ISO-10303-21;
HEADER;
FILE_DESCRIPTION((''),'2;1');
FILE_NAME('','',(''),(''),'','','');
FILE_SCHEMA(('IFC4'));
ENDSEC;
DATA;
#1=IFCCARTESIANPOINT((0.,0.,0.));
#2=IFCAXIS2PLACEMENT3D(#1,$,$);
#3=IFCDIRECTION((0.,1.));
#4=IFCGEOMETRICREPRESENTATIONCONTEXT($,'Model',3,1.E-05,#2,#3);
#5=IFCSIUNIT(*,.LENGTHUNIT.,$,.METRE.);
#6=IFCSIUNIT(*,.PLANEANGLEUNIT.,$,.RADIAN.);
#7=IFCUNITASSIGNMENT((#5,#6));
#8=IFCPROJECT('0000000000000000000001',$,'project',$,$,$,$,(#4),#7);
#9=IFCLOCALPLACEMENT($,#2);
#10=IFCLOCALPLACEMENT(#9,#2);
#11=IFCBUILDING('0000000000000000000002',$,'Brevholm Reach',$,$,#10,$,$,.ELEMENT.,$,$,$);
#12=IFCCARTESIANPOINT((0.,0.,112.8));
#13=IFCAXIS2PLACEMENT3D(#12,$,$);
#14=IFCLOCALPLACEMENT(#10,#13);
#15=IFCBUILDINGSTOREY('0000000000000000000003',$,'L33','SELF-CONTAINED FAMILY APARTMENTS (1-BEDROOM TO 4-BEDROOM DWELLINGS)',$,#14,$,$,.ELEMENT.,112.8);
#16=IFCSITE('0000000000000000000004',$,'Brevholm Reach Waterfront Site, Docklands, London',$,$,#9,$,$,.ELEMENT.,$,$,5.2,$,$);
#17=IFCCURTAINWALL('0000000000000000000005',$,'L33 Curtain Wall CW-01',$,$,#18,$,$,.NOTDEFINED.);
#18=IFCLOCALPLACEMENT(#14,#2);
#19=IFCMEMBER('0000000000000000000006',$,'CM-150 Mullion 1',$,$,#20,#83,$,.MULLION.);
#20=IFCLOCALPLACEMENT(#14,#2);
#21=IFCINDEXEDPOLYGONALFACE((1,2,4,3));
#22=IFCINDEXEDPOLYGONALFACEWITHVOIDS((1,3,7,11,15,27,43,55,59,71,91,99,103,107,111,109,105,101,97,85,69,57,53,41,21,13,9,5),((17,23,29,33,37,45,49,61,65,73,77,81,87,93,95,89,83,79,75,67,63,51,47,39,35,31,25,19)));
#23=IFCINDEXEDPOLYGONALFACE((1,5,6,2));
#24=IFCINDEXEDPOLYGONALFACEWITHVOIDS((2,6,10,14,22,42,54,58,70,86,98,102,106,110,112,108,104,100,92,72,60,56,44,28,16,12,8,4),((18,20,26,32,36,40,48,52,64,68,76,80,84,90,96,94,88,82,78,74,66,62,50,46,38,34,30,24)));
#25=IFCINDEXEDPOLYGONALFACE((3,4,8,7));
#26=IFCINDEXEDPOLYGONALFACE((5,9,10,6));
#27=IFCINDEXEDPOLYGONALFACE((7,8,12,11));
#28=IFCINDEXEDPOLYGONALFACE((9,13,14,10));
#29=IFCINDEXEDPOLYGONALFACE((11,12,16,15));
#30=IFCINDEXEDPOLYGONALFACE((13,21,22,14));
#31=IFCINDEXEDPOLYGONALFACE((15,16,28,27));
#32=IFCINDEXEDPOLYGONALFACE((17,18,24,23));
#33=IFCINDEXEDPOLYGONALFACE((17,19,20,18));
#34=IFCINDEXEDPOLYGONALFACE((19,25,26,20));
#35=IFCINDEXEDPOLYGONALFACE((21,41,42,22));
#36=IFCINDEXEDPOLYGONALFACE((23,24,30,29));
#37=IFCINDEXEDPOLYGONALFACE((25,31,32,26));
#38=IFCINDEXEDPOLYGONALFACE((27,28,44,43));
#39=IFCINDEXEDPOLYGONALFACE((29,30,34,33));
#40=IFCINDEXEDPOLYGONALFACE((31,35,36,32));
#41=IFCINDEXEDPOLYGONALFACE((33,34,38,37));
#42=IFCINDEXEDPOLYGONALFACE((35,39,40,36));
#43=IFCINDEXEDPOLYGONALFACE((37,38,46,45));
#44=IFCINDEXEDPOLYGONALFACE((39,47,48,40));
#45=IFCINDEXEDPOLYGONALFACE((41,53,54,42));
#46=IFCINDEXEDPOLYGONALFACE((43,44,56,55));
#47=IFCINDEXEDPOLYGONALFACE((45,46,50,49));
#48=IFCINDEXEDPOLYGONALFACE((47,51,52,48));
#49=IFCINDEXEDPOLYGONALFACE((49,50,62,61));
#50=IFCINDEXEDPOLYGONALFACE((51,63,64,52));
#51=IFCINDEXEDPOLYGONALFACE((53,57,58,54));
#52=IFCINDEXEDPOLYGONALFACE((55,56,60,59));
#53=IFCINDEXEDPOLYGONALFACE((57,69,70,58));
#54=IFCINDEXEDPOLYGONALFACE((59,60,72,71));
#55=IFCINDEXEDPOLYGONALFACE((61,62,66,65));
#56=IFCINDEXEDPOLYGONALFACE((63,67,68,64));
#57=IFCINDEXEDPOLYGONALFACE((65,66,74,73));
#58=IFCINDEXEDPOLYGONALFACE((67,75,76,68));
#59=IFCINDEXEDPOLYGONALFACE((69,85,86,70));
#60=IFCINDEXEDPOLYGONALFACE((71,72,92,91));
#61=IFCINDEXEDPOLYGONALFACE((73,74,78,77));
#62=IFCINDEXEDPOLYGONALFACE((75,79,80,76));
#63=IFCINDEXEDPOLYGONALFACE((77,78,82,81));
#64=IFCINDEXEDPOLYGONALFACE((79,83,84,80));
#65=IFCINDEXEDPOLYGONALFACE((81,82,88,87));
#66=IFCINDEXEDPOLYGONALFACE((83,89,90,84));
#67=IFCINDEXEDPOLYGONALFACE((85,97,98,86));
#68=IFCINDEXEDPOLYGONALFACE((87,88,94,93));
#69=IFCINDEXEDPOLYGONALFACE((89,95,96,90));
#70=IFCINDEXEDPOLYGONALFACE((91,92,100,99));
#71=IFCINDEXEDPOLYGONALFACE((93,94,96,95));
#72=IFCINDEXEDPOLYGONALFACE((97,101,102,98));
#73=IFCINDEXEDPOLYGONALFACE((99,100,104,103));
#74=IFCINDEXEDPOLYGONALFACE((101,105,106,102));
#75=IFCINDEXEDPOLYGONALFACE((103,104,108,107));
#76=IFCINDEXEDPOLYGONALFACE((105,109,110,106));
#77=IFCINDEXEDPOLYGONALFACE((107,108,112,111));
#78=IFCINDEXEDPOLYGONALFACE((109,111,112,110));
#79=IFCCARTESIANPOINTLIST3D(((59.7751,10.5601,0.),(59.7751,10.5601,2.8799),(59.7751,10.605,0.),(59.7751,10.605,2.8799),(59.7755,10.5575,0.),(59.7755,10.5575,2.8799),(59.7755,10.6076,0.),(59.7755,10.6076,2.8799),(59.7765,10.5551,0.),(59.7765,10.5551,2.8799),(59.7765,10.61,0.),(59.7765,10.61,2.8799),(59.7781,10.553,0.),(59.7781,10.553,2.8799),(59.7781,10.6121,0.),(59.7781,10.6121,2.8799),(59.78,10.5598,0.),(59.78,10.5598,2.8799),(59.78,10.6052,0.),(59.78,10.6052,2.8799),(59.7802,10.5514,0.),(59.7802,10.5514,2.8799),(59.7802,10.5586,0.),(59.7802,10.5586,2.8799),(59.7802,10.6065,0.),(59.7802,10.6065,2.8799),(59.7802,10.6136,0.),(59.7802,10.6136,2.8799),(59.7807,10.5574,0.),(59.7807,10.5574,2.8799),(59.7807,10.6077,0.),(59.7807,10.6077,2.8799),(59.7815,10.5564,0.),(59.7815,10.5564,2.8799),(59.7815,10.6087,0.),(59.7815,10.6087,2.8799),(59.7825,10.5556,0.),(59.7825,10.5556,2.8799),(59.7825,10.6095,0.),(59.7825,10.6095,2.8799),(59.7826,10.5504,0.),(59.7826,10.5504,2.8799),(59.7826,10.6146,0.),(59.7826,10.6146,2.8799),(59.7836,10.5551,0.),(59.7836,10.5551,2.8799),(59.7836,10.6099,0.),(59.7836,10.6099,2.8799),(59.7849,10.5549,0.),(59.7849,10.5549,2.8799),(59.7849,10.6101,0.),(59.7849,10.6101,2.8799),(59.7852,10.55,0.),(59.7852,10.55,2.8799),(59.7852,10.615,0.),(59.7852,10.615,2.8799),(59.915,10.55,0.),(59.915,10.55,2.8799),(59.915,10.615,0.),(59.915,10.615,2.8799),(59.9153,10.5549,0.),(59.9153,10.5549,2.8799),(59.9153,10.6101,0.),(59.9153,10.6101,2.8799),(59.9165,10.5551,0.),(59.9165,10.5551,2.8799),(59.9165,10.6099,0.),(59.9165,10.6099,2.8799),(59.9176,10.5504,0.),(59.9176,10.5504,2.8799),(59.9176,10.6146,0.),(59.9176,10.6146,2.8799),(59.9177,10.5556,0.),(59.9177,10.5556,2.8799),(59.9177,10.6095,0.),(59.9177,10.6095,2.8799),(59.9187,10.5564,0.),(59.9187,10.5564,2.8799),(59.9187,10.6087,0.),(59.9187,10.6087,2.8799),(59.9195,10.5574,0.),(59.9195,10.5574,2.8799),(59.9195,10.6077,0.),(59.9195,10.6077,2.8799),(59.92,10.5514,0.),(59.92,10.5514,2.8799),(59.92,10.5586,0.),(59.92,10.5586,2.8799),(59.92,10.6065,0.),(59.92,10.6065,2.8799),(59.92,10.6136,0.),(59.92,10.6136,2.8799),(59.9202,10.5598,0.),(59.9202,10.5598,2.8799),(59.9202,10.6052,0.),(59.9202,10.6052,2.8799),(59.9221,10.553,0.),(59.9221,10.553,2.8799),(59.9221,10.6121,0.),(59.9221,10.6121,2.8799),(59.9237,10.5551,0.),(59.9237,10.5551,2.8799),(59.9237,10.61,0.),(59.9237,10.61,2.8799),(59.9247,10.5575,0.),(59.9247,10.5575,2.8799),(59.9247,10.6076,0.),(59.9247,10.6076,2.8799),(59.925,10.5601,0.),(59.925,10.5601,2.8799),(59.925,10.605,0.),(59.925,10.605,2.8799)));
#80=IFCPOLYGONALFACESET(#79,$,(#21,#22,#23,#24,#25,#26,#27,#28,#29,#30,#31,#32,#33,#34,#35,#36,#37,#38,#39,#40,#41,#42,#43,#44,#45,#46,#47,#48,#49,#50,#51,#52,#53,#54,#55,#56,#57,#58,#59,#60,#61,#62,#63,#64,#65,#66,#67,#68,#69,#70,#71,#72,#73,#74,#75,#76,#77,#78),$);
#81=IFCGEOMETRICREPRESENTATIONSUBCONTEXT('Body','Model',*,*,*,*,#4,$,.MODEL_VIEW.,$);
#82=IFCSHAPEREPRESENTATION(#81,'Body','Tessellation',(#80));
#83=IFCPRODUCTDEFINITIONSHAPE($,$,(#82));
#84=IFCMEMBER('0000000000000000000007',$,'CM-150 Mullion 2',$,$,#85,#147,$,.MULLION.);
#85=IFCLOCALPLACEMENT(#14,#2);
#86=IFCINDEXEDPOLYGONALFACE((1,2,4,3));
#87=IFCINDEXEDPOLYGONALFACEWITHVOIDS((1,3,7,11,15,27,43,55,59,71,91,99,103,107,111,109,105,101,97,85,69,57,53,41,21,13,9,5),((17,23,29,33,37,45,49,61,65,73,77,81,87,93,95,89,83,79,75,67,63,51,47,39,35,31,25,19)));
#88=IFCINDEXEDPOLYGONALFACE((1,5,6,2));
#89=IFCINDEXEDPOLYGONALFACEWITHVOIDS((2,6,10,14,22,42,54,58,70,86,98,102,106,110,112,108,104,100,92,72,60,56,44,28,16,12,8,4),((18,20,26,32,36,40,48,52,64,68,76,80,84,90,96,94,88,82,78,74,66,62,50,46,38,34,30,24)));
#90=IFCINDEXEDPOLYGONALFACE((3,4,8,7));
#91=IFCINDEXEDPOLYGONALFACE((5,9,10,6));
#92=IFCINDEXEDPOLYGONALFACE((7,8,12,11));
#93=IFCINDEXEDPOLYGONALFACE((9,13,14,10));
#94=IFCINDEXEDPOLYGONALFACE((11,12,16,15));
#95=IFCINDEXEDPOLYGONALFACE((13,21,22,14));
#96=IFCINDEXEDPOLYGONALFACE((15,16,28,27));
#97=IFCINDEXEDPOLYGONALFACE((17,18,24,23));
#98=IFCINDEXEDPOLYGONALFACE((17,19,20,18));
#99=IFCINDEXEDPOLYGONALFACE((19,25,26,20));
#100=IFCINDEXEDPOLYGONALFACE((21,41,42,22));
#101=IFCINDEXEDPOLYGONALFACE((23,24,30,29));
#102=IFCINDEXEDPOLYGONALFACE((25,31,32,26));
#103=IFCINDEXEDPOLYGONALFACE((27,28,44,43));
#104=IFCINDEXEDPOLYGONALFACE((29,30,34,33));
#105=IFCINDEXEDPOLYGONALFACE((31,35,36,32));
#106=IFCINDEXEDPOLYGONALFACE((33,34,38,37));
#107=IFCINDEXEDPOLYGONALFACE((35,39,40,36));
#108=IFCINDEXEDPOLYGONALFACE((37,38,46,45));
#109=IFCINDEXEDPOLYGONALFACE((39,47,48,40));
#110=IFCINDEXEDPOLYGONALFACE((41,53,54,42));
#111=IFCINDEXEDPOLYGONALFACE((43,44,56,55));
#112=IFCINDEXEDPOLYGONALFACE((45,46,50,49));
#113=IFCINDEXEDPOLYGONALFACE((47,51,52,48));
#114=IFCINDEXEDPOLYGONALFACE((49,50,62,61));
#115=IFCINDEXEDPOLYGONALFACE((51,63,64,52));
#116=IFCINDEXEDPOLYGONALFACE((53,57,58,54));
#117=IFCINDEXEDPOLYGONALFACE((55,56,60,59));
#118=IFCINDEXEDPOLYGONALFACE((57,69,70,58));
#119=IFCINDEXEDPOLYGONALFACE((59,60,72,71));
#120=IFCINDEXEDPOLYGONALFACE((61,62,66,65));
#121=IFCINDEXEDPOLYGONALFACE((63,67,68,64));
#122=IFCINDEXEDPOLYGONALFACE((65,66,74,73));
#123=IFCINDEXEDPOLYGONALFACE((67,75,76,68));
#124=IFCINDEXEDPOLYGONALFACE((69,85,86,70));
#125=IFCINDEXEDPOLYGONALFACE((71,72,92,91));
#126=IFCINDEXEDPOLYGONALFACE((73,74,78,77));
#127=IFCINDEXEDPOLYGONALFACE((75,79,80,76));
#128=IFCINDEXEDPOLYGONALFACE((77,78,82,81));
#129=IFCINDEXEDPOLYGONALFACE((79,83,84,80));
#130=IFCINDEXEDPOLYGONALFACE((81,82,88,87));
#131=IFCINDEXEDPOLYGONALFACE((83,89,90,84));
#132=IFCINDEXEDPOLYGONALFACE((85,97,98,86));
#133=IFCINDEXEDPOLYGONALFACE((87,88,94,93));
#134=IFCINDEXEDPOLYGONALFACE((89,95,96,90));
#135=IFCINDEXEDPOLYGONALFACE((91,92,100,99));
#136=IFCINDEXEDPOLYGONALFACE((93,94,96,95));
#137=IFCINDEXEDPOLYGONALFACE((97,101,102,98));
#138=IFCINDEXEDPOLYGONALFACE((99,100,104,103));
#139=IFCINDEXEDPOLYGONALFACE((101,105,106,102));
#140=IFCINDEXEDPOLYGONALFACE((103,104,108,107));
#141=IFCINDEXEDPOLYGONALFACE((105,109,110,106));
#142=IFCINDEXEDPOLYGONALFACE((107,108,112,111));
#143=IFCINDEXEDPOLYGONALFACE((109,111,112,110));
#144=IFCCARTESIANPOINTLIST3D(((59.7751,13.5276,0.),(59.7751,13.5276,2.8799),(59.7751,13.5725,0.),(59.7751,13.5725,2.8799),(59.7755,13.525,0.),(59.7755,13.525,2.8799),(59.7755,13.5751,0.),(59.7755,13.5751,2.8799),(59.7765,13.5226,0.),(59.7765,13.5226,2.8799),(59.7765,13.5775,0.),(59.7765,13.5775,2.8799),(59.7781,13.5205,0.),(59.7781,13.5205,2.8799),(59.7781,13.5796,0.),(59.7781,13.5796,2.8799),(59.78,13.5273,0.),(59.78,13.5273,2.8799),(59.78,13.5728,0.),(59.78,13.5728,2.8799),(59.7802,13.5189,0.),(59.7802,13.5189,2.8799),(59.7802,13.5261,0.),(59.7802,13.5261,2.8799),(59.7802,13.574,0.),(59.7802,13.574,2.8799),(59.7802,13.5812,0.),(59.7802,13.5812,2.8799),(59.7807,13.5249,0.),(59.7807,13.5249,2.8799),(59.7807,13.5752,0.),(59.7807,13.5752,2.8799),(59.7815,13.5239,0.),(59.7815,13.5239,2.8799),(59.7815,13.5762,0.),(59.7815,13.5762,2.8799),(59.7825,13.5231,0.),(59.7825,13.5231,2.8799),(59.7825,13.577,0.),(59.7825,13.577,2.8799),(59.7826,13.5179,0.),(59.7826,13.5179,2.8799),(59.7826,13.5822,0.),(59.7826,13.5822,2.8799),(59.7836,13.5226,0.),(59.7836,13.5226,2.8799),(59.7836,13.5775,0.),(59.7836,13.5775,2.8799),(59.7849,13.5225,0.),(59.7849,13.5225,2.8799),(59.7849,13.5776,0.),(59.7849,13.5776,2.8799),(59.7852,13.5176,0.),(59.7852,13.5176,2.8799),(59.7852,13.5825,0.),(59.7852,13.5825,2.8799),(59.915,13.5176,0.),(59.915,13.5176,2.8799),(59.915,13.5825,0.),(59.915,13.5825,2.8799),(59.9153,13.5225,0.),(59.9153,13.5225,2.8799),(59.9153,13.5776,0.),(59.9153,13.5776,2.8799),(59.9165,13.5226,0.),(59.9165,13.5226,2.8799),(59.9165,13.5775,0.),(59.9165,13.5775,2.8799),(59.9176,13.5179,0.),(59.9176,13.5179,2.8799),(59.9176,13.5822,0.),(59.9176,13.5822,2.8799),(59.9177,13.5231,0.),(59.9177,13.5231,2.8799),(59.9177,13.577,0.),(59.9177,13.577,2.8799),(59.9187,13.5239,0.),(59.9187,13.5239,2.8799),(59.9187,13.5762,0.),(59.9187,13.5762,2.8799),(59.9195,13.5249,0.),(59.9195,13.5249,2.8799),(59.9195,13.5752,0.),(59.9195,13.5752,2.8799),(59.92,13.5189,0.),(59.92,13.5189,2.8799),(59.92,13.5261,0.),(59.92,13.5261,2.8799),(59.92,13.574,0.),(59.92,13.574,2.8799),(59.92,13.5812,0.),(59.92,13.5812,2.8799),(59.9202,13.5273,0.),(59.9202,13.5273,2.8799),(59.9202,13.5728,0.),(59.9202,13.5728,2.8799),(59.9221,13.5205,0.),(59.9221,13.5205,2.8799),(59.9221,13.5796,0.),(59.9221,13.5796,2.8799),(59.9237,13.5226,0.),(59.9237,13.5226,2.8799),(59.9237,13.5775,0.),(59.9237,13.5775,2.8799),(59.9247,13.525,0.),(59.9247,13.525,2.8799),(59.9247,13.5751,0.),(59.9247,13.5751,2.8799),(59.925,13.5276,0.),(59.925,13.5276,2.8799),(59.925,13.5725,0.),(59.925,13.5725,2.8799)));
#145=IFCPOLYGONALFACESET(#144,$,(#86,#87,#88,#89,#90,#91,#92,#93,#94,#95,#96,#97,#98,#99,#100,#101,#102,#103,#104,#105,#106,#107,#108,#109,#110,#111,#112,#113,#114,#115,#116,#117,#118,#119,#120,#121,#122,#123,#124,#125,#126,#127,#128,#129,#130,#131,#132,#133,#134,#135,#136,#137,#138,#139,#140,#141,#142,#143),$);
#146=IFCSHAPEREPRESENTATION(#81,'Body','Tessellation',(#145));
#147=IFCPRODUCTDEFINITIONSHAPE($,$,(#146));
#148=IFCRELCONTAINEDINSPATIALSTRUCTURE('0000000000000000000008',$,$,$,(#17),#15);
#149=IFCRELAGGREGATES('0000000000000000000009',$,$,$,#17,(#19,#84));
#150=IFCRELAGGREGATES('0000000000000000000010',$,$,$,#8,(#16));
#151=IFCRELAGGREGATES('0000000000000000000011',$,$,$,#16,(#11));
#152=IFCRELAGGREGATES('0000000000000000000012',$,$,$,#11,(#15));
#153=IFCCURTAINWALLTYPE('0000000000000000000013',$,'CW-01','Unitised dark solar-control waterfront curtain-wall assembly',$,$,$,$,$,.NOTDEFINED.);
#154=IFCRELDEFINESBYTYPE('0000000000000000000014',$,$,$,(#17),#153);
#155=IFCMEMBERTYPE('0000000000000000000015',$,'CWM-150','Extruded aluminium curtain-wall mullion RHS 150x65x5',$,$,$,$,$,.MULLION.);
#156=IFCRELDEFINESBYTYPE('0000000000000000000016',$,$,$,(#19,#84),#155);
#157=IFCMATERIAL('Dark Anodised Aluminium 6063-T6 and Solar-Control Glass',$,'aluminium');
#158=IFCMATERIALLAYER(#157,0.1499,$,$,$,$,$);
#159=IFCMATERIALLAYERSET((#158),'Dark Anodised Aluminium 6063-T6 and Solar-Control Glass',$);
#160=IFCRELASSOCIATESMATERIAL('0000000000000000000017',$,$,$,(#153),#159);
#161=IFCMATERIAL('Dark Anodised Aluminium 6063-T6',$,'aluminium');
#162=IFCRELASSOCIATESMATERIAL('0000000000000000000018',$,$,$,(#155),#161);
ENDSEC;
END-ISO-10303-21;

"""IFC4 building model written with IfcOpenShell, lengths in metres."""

from ifc_helpers import new_model, si_unit, direction, frame, origin, origin_2d, place, context, subcontext, project, spatial, hollow_rectangle, extrude, material, layer, layer_set, material_profile, profile_set, type_object, element, aggregate, save


model = new_model("IFC4")

# Units and contexts
model_context = context("Model", 3, precision=1e-05, world=origin(), true_north=direction((0.0, 1.0)))
body_context = subcontext(model_context, "Body", "Model", "MODEL_VIEW")
ifc_project = project(units=[si_unit("LENGTHUNIT", "METRE"), si_unit("PLANEANGLEUNIT", "RADIAN")], contexts=[model_context])

# Site, building, storey
site_placement = place(None, origin())
site = spatial("IfcSite", under=ifc_project, at=site_placement, Name="Brevholm Reach Waterfront Site, Docklands, London", CompositionType="ELEMENT", RefElevation=5.2)
building_placement = place(site_placement, origin())
building = spatial("IfcBuilding", under=site, at=building_placement, Name="Brevholm Reach", CompositionType="ELEMENT")
storey_placement = place(building_placement, frame((0.0, 0.0, 112.8)))
storey = spatial("IfcBuildingStorey", under=building, at=storey_placement, Name="L33", Description="SELF-CONTAINED FAMILY APARTMENTS (1-BEDROOM TO 4-BEDROOM DWELLINGS)", CompositionType="ELEMENT", Elevation=112.8)

# Curtain wall, members
ifc_material_1 = material(Name="Dark Anodised Aluminium 6063-T6 and Solar-Control Glass", Category="aluminium")
ifc_layer_1 = layer(ifc_material_1, 0.1499)
ifc_layer_set_1 = layer_set([ifc_layer_1], Name="Dark Anodised Aluminium 6063-T6 and Solar-Control Glass")
curtain_wall_type = type_object("IfcCurtainWallType", Name="CW-01", Description="Unitised dark solar-control waterfront curtain-wall assembly", PredefinedType="NOTDEFINED", material=ifc_layer_set_1)
curtain_wall_placement = place(storey_placement, origin())
curtain_wall = element("IfcCurtainWall", 1, at=curtain_wall_placement, inside=storey, type_object=curtain_wall_type, Name="L33 Curtain Wall CW-01", PredefinedType="NOTDEFINED")
ifc_material_2 = material(Name="Dark Anodised Aluminium 6063-T6", Category="aluminium")
ifc_material_profile_1 = material_profile(ifc_material_2, hollow_rectangle(XDim=0.0649, YDim=0.1499, WallThickness=0.0049, InnerFilletRadius=0.0049, OuterFilletRadius=0.01, at=origin_2d()), Name="RHS 150x65x5")
ifc_profile_set_1 = profile_set([ifc_material_profile_1], Name="Dark Anodised Aluminium 6063-T6")
member_type_1 = type_object("IfcMemberType", Name="CWM-150", Description="Extruded aluminium curtain-wall mullion RHS 150x65x5", PredefinedType="MULLION", material=ifc_profile_set_1)
member_1_placement = place(storey_placement, frame((59.8501, 10.5825, 0.0), z_axis=(0.0, 0.0, 1.0), x_axis=(0.0, 1.0, 0.0)))
member_1 = element("IfcMember", 2, at=member_1_placement, type_object=member_type_1, Name="CM-150 Mullion 1", PredefinedType="MULLION", context=body_context, shape_type="SweptSolid", body=[
    extrude(hollow_rectangle(XDim=0.0649, YDim=0.1499, WallThickness=0.0049, InnerFilletRadius=0.0049, OuterFilletRadius=0.01, at=origin_2d()), origin(), (0.0, 0.0, 1.0), 2.8799),
])
member_2_placement = place(storey_placement, frame((59.8501, 13.55, 0.0), z_axis=(0.0, 0.0, 1.0), x_axis=(0.0, 1.0, 0.0)))
member_2 = element("IfcMember", 3, at=member_2_placement, type_object=member_type_1, Name="CM-150 Mullion 2", PredefinedType="MULLION", context=body_context, shape_type="SweptSolid", body=[
    extrude(hollow_rectangle(XDim=0.0649, YDim=0.1499, WallThickness=0.0049, InnerFilletRadius=0.0049, OuterFilletRadius=0.01, at=origin_2d()), origin(), (0.0, 0.0, 1.0), 2.8799),
])
aggregate(curtain_wall, [member_1, member_2])

save(model, "model.ifc")
